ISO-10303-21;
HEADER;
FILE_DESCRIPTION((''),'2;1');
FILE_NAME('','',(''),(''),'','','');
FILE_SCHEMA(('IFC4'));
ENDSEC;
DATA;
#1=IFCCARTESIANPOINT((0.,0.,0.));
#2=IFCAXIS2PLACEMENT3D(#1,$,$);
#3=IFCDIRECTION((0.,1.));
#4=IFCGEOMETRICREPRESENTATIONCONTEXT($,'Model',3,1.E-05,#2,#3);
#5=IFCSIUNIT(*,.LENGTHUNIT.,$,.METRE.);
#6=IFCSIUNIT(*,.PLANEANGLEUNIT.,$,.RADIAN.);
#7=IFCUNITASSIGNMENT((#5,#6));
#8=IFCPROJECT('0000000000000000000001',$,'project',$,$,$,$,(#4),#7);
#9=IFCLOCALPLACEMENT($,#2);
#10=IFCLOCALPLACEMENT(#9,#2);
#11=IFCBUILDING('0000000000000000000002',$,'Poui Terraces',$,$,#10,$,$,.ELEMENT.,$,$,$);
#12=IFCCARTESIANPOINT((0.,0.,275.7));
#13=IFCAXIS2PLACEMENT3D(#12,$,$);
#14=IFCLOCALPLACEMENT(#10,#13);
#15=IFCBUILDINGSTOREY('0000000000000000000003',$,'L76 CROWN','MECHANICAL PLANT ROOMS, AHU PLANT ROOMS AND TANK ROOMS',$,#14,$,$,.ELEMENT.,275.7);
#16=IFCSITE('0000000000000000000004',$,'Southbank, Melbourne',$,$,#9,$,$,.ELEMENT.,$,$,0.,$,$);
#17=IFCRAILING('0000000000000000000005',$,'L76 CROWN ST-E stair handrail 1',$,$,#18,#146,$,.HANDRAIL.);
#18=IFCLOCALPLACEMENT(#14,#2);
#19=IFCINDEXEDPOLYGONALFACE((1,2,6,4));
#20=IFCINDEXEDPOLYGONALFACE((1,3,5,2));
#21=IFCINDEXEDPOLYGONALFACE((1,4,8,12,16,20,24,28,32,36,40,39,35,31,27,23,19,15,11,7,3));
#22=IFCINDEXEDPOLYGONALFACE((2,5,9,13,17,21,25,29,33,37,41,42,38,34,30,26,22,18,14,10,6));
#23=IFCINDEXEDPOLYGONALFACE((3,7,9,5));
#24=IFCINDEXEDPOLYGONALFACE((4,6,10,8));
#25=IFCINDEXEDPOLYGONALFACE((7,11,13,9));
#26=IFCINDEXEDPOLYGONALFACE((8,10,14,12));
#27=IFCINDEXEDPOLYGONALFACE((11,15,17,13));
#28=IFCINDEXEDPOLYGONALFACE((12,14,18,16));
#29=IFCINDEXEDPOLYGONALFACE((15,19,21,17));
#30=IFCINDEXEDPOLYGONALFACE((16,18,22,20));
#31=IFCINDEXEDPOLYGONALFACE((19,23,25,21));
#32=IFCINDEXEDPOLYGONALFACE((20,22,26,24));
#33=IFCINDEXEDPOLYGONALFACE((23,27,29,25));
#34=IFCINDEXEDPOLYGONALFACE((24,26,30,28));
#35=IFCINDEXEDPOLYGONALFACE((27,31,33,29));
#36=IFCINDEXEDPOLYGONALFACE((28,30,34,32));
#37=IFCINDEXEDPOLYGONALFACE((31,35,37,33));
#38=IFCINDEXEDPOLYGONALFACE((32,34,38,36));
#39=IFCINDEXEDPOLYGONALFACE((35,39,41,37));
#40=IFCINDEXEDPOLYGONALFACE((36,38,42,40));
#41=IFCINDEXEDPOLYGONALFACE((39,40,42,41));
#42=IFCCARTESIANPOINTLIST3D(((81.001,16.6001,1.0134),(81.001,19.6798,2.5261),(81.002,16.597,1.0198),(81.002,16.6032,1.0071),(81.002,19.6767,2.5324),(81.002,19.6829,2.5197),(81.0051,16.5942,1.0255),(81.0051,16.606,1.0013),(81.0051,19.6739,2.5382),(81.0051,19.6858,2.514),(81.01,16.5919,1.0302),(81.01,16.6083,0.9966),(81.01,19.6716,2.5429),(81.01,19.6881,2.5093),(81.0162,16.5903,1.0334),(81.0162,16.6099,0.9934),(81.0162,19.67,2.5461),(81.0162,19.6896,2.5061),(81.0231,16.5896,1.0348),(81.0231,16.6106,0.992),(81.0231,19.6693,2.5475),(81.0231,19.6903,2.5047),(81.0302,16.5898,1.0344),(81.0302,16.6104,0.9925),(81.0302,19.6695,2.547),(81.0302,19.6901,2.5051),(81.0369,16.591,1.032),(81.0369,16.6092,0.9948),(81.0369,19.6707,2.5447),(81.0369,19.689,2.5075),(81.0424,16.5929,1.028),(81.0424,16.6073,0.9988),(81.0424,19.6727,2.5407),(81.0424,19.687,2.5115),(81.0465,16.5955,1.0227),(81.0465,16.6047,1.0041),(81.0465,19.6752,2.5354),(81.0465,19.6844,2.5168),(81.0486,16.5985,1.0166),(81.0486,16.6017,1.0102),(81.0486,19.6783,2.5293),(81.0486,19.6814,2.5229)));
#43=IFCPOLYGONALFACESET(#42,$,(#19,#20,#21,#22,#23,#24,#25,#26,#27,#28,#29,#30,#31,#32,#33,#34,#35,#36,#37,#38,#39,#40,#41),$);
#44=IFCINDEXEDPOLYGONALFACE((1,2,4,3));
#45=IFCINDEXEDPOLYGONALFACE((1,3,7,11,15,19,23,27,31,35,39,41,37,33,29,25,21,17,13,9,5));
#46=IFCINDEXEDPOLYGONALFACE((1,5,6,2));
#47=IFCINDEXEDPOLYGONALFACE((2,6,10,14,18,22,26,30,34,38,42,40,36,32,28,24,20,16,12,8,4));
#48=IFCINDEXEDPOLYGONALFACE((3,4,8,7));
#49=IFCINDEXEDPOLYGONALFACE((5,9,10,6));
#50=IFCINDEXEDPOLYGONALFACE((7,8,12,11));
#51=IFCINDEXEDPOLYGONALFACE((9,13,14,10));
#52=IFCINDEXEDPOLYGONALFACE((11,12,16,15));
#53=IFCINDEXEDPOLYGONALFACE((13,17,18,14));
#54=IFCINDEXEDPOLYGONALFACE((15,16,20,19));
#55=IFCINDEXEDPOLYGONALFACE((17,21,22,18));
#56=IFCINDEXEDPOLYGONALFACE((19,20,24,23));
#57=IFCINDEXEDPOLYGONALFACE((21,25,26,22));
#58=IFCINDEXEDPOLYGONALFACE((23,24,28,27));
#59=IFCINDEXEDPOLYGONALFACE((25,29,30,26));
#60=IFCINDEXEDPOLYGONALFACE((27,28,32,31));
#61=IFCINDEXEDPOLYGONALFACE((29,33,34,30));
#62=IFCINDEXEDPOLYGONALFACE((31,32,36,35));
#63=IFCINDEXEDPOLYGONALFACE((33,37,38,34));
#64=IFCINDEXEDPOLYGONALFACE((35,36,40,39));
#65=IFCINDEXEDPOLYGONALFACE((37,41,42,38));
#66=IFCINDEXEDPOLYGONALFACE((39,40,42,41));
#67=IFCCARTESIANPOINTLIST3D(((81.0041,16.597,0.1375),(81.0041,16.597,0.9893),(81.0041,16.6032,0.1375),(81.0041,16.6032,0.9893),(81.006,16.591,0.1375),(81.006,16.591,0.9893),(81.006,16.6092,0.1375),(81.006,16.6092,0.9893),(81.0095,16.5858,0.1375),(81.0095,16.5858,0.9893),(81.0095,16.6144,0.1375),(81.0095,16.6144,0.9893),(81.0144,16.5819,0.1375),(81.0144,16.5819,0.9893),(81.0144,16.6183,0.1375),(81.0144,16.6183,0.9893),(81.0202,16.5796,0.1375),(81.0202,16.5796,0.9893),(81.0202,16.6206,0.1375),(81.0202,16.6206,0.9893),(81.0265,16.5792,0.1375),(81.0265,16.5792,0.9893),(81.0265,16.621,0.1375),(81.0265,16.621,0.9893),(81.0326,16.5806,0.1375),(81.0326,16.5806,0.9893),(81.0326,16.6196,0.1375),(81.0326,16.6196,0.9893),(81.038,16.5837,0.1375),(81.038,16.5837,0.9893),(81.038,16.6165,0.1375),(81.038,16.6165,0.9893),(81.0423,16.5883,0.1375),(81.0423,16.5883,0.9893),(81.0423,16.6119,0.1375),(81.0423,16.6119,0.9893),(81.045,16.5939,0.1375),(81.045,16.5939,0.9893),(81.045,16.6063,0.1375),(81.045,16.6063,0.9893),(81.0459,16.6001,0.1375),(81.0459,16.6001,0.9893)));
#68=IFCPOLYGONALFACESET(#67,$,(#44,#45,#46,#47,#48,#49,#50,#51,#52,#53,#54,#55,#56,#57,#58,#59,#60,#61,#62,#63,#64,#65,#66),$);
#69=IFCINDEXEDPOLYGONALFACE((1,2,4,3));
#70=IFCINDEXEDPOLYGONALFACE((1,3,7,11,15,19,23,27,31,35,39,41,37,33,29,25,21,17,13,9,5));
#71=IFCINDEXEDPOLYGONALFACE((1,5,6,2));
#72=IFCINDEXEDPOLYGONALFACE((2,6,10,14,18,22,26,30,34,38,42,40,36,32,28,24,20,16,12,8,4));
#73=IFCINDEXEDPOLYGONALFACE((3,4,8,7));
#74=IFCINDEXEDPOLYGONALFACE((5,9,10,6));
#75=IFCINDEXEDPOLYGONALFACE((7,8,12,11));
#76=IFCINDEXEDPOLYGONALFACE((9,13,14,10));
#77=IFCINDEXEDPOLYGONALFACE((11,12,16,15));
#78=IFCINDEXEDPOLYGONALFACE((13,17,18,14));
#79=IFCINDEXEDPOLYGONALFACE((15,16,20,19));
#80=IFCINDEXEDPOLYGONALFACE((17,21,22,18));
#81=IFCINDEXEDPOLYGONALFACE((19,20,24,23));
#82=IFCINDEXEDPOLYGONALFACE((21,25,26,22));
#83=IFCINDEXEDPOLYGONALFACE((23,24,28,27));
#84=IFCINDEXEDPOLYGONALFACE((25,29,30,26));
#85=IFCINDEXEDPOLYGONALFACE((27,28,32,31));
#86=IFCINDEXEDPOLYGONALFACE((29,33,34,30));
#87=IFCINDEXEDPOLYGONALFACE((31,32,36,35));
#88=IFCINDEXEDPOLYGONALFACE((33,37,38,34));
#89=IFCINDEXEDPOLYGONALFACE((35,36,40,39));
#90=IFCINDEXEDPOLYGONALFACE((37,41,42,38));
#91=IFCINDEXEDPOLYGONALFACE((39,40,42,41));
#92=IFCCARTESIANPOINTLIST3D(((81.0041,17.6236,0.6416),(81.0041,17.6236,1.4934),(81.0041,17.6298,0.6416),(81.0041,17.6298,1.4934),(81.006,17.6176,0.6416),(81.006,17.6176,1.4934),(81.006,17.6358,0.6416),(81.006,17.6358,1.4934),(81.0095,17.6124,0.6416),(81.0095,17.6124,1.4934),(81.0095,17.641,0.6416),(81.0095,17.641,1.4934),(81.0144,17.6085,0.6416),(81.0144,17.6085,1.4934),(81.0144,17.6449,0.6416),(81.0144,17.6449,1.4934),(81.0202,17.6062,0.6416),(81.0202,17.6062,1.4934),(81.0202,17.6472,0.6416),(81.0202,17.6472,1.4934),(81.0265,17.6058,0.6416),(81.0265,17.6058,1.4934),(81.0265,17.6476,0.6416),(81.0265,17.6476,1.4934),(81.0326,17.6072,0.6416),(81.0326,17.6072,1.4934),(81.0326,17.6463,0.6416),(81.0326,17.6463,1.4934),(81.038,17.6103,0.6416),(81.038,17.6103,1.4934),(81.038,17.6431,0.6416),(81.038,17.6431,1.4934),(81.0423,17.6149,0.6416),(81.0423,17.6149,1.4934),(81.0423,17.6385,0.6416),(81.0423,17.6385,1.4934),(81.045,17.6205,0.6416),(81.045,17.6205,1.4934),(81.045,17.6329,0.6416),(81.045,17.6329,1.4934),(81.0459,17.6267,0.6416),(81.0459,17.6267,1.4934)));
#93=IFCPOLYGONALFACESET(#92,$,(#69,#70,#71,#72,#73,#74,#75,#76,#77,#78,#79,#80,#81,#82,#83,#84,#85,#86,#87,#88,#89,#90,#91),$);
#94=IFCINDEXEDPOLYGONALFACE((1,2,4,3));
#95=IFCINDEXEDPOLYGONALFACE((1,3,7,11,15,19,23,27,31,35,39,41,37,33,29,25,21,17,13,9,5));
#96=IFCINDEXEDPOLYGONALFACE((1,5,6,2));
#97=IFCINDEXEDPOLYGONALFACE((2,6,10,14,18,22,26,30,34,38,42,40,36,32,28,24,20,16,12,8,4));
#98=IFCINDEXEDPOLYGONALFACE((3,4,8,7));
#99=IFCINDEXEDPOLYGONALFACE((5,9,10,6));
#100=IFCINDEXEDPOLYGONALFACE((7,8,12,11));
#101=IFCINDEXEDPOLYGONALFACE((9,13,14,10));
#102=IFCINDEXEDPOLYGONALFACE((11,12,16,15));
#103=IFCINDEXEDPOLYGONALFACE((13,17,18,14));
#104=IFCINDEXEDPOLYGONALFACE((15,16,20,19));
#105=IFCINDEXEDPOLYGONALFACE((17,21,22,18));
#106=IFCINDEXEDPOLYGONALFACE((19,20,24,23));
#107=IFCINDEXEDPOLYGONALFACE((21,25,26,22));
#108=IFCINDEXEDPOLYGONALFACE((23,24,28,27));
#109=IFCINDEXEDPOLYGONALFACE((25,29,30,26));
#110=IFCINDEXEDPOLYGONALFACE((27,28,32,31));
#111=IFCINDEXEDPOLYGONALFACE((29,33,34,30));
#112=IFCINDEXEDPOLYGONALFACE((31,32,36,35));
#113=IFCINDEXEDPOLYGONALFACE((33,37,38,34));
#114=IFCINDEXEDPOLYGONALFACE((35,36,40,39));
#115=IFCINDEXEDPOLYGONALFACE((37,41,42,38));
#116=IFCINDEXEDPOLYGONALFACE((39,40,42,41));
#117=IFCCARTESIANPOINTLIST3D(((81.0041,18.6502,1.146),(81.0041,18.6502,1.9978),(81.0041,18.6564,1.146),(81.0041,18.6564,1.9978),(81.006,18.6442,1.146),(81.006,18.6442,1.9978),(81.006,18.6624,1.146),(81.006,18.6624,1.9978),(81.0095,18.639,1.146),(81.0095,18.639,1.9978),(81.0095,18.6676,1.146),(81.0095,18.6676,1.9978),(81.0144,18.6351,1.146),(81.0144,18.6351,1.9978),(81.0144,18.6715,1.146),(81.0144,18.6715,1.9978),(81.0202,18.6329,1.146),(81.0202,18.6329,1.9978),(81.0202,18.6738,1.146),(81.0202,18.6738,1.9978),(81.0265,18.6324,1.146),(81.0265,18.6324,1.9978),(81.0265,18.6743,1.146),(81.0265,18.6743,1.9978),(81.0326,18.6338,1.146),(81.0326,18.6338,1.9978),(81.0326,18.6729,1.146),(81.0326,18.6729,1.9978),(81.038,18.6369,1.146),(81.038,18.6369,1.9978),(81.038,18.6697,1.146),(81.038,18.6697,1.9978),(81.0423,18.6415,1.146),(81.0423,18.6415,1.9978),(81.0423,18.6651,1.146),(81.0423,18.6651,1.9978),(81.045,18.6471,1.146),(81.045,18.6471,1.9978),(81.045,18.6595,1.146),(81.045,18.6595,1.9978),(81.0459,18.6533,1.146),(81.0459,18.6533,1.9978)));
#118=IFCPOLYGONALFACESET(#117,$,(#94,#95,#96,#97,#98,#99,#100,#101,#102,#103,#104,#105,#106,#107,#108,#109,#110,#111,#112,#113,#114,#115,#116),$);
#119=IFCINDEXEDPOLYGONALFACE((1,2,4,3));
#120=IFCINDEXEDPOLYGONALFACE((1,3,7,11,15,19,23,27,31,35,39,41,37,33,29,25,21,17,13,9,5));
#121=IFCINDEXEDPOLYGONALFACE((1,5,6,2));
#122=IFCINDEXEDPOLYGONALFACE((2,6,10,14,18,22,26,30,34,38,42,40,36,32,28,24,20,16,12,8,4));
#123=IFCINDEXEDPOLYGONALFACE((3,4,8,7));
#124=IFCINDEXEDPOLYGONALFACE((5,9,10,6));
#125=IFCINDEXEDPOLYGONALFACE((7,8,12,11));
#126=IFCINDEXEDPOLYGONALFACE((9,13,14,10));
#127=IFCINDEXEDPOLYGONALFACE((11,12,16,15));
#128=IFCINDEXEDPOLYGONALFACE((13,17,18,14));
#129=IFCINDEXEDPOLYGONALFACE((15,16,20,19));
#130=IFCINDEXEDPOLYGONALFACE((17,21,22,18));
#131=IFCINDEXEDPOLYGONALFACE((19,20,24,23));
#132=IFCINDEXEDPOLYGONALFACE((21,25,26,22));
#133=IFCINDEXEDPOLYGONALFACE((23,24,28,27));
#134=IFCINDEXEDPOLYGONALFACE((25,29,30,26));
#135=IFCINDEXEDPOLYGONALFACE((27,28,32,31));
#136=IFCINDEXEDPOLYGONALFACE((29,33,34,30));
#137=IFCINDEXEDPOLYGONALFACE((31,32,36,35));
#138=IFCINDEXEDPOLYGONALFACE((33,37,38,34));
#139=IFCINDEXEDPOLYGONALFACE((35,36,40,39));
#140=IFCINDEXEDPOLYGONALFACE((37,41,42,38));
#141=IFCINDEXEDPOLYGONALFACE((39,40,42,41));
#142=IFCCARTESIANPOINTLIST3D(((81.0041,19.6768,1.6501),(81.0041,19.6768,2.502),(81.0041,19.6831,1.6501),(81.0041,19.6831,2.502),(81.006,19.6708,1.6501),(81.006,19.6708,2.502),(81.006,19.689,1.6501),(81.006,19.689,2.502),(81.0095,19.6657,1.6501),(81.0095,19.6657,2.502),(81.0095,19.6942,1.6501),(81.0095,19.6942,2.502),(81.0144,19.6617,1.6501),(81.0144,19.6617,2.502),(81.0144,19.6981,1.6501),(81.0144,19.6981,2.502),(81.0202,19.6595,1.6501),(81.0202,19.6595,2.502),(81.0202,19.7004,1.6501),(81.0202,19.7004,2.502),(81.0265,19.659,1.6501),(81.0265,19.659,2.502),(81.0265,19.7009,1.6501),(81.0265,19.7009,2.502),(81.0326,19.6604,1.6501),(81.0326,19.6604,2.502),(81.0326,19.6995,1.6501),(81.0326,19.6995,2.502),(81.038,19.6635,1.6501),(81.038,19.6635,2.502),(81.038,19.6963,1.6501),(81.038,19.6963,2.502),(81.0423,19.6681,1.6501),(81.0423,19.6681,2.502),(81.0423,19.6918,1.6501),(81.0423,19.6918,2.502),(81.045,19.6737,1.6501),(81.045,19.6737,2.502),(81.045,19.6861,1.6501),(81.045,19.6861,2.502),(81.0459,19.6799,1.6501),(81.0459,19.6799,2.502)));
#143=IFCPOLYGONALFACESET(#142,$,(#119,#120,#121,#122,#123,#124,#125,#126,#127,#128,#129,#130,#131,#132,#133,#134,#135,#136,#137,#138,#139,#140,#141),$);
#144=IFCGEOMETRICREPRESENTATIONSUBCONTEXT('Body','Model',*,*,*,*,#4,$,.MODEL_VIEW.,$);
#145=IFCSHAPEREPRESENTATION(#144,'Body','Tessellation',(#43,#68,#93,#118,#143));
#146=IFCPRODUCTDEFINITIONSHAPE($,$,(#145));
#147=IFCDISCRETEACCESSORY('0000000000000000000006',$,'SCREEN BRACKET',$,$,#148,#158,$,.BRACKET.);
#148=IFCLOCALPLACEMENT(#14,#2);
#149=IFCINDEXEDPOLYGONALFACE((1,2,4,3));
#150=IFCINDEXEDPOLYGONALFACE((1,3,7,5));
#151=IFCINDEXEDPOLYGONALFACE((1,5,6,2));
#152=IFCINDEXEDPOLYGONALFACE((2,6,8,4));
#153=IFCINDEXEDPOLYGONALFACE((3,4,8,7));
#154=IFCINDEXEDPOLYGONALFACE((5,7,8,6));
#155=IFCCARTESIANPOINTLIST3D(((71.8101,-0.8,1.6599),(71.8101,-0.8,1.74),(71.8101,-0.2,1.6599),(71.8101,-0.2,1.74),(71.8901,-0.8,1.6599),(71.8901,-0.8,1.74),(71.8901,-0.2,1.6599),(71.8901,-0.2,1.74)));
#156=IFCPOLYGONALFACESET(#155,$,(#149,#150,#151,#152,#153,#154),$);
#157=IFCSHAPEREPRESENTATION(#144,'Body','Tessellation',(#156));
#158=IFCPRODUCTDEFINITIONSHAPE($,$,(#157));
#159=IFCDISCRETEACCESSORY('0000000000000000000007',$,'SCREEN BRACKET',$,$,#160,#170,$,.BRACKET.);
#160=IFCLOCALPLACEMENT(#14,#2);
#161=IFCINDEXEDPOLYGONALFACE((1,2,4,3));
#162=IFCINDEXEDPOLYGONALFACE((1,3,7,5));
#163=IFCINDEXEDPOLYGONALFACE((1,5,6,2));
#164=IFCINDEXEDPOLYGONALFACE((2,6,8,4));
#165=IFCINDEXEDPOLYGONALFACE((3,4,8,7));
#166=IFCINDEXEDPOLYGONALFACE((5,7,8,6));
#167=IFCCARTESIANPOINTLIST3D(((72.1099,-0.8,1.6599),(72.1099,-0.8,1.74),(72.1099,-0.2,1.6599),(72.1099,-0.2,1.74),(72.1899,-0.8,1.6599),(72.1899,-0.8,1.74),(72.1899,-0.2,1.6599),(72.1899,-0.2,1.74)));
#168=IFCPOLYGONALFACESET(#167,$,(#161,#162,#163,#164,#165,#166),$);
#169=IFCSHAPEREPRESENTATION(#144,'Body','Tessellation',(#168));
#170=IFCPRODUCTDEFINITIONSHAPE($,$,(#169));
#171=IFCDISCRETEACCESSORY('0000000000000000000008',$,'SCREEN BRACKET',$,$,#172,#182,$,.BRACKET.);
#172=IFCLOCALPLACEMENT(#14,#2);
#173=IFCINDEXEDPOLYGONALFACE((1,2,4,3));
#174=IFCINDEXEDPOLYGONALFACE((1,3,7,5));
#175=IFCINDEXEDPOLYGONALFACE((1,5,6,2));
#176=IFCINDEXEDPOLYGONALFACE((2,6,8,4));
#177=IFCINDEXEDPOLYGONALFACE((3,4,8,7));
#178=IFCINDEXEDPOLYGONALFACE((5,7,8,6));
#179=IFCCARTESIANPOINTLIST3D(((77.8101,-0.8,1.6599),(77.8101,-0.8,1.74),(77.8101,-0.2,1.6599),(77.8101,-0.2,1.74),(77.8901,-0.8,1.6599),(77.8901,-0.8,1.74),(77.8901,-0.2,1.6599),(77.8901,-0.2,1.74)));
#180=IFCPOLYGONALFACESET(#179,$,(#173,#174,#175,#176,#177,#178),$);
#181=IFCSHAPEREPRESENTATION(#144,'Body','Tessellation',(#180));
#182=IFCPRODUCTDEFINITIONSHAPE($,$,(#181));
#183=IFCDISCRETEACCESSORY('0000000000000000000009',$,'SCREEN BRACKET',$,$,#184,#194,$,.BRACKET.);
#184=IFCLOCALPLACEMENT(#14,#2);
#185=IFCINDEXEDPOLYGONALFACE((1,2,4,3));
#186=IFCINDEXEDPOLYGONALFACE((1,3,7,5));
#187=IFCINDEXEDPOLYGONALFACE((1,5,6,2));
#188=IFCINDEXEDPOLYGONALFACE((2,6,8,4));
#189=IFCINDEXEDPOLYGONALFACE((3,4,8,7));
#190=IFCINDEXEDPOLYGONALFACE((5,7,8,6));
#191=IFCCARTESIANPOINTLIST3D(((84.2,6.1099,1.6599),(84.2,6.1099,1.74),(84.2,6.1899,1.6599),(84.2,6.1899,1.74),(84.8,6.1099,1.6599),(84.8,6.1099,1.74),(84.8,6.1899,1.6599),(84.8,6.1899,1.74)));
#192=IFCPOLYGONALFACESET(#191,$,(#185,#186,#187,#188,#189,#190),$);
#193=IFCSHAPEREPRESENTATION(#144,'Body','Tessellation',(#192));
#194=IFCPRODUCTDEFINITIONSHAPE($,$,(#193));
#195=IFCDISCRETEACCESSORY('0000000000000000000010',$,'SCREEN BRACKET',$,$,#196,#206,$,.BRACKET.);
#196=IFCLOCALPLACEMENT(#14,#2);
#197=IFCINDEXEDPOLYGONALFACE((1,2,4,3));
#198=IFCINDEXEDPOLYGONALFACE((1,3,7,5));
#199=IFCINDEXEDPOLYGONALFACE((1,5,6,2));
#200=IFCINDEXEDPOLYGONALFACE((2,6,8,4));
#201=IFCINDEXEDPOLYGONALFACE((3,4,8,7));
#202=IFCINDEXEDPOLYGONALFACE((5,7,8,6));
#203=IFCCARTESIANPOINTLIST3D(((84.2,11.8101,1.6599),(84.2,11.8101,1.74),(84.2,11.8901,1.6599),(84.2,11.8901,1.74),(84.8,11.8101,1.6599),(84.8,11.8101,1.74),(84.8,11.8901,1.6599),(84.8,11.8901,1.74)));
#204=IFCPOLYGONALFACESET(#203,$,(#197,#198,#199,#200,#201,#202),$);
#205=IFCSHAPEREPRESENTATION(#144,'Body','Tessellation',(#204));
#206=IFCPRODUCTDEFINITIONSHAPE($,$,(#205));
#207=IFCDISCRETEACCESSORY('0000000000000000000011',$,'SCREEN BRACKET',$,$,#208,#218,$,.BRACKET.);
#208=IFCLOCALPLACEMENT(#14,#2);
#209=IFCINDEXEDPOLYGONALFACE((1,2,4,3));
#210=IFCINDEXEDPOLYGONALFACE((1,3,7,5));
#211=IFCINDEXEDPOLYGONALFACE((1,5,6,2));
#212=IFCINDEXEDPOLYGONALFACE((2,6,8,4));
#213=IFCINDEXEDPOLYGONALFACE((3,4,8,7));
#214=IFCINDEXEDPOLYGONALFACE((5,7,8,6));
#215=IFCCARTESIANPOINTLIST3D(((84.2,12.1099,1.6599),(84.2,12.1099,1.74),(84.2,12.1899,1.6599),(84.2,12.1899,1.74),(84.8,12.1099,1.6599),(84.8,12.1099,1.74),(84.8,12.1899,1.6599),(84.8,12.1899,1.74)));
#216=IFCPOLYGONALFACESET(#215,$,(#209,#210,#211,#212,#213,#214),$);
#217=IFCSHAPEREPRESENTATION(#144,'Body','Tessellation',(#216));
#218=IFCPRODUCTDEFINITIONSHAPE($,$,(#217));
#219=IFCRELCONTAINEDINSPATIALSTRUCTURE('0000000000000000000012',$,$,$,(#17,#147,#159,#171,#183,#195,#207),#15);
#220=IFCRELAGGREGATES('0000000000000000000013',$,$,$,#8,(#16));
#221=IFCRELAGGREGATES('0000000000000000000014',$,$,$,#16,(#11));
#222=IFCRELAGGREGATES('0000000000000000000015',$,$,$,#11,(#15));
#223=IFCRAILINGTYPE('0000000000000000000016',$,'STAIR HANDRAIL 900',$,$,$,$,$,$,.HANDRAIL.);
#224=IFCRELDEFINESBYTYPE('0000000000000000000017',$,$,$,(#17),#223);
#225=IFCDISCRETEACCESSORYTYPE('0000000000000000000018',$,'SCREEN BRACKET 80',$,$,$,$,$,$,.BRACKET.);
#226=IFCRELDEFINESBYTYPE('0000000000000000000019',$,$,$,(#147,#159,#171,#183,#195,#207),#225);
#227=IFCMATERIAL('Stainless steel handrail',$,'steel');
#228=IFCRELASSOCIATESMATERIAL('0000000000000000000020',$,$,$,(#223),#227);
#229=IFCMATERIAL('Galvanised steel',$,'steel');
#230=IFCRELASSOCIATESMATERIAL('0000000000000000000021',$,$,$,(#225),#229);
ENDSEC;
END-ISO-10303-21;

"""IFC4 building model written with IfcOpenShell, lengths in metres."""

from ifc_helpers import new_model, si_unit, direction, frame, origin, origin_2d, place, context, subcontext, project, spatial, rectangle, circle, extrude, source, transform, mapped, material, material_profile, profile_set, type_object, element, save


model = new_model("IFC4")

# Units and contexts
model_context = context("Model", 3, precision=1e-05, world=origin(), true_north=direction((0.0, 1.0)))
body_context = subcontext(model_context, "Body", "Model", "MODEL_VIEW")
ifc_project = project(units=[si_unit("LENGTHUNIT", "METRE"), si_unit("PLANEANGLEUNIT", "RADIAN")], contexts=[model_context])

# Site, building, storey
site_placement = place(None, origin())
site = spatial("IfcSite", under=ifc_project, at=site_placement, Name="Southbank, Melbourne", CompositionType="ELEMENT", RefElevation=0.0)
building_placement = place(site_placement, origin())
building = spatial("IfcBuilding", under=site, at=building_placement, Name="Poui Terraces", CompositionType="ELEMENT")
storey_placement = place(building_placement, frame((0.0, 0.0, 275.7)))
storey = spatial("IfcBuildingStorey", under=building, at=storey_placement, Name="L76 CROWN", Description="MECHANICAL PLANT ROOMS, AHU PLANT ROOMS AND TANK ROOMS", CompositionType="ELEMENT", Elevation=275.7)

# Railing
ifc_material_1 = material(Name="Stainless steel handrail", Category="steel")
railing_type_1 = type_object("IfcRailingType", Name="STAIR HANDRAIL 900", PredefinedType="HANDRAIL", material=ifc_material_1)
for number, where, name in (
    (1, (81.0249, 16.6001, 0.1375), "L76 CROWN ST-E stair handrail 1"),
):
    element("IfcRailing", number, at=place(storey_placement, frame(where)), inside=storey, type_object=railing_type_1, Name=name, PredefinedType="HANDRAIL", context=body_context, shape_type="SweptSolid", body=[
        extrude(circle(Radius=0.0239, at=origin_2d()), frame((0.0, 0.0, 0.876), z_axis=(0.0, 0.897578, 0.440856), x_axis=(-1.0, 0.0, 0.0)), (0.0, 0.0, 1.0), 3.4312),
        extrude(circle(Radius=0.021, at=origin_2d()), origin(), (0.0, 0.0, 1.0), 0.8518),
        extrude(circle(Radius=0.021, at=origin_2d()), frame((0.0, 1.0266, 0.5042)), (0.0, 0.0, 1.0), 0.8518),
        extrude(circle(Radius=0.021, at=origin_2d()), frame((0.0, 2.0532, 1.0085)), (0.0, 0.0, 1.0), 0.8518),
        extrude(circle(Radius=0.021, at=origin_2d()), frame((0.0, 3.0798, 1.5127)), (0.0, 0.0, 1.0), 0.8518),
    ])

# Discrete accessories
ifc_material_2 = material(Name="Galvanised steel", Category="steel")
ifc_material_profile_1 = material_profile(ifc_material_2, rectangle(XDim=0.0801, YDim=0.0801, at=origin_2d()), Name="SCREEN BRACKET 80")
ifc_profile_set_1 = profile_set([ifc_material_profile_1], Name="Galvanised steel")
discrete_accessory_type = type_object("IfcDiscreteAccessoryType", Name="SCREEN BRACKET 80", PredefinedType="BRACKET", material=ifc_profile_set_1)
shared_shape_1 = source(origin(), body_context, "Body", "SweptSolid", [
    extrude(rectangle(XDim=0.0801, YDim=0.0801, at=origin_2d()), origin(), (0.0, 0.0, 1.0), 0.6001),
])
for number, where, z_axis, x_axis, name in (
    (2, (71.8501, -0.2, 1.7), (0.0, -1.0, 0.0), (1.0, 0.0, 0.0), "SCREEN BRACKET"),
    (3, (72.1499, -0.2, 1.7), (0.0, -1.0, 0.0), (1.0, 0.0, 0.0), "SCREEN BRACKET"),
    (4, (77.8501, -0.2, 1.7), (0.0, -1.0, 0.0), (1.0, 0.0, 0.0), "SCREEN BRACKET"),
    (5, (84.2, 6.1499, 1.7), (1.0, 0.0, 0.0), (0.0, 1.0, 0.0), "SCREEN BRACKET"),
    (6, (84.2, 11.8501, 1.7), (1.0, 0.0, 0.0), (0.0, 1.0, 0.0), "SCREEN BRACKET"),
    (7, (84.2, 12.1499, 1.7), (1.0, 0.0, 0.0), (0.0, 1.0, 0.0), "SCREEN BRACKET"),
):
    element("IfcDiscreteAccessory", number, at=place(storey_placement, frame(where, z_axis=z_axis, x_axis=x_axis)), inside=storey, type_object=discrete_accessory_type, Name=name, PredefinedType="BRACKET", context=body_context, shape_type="MappedRepresentation", body=[
        mapped(shared_shape_1, transform((0.0, 0.0, 0.0))),
    ])

save(model, "model.ifc")
